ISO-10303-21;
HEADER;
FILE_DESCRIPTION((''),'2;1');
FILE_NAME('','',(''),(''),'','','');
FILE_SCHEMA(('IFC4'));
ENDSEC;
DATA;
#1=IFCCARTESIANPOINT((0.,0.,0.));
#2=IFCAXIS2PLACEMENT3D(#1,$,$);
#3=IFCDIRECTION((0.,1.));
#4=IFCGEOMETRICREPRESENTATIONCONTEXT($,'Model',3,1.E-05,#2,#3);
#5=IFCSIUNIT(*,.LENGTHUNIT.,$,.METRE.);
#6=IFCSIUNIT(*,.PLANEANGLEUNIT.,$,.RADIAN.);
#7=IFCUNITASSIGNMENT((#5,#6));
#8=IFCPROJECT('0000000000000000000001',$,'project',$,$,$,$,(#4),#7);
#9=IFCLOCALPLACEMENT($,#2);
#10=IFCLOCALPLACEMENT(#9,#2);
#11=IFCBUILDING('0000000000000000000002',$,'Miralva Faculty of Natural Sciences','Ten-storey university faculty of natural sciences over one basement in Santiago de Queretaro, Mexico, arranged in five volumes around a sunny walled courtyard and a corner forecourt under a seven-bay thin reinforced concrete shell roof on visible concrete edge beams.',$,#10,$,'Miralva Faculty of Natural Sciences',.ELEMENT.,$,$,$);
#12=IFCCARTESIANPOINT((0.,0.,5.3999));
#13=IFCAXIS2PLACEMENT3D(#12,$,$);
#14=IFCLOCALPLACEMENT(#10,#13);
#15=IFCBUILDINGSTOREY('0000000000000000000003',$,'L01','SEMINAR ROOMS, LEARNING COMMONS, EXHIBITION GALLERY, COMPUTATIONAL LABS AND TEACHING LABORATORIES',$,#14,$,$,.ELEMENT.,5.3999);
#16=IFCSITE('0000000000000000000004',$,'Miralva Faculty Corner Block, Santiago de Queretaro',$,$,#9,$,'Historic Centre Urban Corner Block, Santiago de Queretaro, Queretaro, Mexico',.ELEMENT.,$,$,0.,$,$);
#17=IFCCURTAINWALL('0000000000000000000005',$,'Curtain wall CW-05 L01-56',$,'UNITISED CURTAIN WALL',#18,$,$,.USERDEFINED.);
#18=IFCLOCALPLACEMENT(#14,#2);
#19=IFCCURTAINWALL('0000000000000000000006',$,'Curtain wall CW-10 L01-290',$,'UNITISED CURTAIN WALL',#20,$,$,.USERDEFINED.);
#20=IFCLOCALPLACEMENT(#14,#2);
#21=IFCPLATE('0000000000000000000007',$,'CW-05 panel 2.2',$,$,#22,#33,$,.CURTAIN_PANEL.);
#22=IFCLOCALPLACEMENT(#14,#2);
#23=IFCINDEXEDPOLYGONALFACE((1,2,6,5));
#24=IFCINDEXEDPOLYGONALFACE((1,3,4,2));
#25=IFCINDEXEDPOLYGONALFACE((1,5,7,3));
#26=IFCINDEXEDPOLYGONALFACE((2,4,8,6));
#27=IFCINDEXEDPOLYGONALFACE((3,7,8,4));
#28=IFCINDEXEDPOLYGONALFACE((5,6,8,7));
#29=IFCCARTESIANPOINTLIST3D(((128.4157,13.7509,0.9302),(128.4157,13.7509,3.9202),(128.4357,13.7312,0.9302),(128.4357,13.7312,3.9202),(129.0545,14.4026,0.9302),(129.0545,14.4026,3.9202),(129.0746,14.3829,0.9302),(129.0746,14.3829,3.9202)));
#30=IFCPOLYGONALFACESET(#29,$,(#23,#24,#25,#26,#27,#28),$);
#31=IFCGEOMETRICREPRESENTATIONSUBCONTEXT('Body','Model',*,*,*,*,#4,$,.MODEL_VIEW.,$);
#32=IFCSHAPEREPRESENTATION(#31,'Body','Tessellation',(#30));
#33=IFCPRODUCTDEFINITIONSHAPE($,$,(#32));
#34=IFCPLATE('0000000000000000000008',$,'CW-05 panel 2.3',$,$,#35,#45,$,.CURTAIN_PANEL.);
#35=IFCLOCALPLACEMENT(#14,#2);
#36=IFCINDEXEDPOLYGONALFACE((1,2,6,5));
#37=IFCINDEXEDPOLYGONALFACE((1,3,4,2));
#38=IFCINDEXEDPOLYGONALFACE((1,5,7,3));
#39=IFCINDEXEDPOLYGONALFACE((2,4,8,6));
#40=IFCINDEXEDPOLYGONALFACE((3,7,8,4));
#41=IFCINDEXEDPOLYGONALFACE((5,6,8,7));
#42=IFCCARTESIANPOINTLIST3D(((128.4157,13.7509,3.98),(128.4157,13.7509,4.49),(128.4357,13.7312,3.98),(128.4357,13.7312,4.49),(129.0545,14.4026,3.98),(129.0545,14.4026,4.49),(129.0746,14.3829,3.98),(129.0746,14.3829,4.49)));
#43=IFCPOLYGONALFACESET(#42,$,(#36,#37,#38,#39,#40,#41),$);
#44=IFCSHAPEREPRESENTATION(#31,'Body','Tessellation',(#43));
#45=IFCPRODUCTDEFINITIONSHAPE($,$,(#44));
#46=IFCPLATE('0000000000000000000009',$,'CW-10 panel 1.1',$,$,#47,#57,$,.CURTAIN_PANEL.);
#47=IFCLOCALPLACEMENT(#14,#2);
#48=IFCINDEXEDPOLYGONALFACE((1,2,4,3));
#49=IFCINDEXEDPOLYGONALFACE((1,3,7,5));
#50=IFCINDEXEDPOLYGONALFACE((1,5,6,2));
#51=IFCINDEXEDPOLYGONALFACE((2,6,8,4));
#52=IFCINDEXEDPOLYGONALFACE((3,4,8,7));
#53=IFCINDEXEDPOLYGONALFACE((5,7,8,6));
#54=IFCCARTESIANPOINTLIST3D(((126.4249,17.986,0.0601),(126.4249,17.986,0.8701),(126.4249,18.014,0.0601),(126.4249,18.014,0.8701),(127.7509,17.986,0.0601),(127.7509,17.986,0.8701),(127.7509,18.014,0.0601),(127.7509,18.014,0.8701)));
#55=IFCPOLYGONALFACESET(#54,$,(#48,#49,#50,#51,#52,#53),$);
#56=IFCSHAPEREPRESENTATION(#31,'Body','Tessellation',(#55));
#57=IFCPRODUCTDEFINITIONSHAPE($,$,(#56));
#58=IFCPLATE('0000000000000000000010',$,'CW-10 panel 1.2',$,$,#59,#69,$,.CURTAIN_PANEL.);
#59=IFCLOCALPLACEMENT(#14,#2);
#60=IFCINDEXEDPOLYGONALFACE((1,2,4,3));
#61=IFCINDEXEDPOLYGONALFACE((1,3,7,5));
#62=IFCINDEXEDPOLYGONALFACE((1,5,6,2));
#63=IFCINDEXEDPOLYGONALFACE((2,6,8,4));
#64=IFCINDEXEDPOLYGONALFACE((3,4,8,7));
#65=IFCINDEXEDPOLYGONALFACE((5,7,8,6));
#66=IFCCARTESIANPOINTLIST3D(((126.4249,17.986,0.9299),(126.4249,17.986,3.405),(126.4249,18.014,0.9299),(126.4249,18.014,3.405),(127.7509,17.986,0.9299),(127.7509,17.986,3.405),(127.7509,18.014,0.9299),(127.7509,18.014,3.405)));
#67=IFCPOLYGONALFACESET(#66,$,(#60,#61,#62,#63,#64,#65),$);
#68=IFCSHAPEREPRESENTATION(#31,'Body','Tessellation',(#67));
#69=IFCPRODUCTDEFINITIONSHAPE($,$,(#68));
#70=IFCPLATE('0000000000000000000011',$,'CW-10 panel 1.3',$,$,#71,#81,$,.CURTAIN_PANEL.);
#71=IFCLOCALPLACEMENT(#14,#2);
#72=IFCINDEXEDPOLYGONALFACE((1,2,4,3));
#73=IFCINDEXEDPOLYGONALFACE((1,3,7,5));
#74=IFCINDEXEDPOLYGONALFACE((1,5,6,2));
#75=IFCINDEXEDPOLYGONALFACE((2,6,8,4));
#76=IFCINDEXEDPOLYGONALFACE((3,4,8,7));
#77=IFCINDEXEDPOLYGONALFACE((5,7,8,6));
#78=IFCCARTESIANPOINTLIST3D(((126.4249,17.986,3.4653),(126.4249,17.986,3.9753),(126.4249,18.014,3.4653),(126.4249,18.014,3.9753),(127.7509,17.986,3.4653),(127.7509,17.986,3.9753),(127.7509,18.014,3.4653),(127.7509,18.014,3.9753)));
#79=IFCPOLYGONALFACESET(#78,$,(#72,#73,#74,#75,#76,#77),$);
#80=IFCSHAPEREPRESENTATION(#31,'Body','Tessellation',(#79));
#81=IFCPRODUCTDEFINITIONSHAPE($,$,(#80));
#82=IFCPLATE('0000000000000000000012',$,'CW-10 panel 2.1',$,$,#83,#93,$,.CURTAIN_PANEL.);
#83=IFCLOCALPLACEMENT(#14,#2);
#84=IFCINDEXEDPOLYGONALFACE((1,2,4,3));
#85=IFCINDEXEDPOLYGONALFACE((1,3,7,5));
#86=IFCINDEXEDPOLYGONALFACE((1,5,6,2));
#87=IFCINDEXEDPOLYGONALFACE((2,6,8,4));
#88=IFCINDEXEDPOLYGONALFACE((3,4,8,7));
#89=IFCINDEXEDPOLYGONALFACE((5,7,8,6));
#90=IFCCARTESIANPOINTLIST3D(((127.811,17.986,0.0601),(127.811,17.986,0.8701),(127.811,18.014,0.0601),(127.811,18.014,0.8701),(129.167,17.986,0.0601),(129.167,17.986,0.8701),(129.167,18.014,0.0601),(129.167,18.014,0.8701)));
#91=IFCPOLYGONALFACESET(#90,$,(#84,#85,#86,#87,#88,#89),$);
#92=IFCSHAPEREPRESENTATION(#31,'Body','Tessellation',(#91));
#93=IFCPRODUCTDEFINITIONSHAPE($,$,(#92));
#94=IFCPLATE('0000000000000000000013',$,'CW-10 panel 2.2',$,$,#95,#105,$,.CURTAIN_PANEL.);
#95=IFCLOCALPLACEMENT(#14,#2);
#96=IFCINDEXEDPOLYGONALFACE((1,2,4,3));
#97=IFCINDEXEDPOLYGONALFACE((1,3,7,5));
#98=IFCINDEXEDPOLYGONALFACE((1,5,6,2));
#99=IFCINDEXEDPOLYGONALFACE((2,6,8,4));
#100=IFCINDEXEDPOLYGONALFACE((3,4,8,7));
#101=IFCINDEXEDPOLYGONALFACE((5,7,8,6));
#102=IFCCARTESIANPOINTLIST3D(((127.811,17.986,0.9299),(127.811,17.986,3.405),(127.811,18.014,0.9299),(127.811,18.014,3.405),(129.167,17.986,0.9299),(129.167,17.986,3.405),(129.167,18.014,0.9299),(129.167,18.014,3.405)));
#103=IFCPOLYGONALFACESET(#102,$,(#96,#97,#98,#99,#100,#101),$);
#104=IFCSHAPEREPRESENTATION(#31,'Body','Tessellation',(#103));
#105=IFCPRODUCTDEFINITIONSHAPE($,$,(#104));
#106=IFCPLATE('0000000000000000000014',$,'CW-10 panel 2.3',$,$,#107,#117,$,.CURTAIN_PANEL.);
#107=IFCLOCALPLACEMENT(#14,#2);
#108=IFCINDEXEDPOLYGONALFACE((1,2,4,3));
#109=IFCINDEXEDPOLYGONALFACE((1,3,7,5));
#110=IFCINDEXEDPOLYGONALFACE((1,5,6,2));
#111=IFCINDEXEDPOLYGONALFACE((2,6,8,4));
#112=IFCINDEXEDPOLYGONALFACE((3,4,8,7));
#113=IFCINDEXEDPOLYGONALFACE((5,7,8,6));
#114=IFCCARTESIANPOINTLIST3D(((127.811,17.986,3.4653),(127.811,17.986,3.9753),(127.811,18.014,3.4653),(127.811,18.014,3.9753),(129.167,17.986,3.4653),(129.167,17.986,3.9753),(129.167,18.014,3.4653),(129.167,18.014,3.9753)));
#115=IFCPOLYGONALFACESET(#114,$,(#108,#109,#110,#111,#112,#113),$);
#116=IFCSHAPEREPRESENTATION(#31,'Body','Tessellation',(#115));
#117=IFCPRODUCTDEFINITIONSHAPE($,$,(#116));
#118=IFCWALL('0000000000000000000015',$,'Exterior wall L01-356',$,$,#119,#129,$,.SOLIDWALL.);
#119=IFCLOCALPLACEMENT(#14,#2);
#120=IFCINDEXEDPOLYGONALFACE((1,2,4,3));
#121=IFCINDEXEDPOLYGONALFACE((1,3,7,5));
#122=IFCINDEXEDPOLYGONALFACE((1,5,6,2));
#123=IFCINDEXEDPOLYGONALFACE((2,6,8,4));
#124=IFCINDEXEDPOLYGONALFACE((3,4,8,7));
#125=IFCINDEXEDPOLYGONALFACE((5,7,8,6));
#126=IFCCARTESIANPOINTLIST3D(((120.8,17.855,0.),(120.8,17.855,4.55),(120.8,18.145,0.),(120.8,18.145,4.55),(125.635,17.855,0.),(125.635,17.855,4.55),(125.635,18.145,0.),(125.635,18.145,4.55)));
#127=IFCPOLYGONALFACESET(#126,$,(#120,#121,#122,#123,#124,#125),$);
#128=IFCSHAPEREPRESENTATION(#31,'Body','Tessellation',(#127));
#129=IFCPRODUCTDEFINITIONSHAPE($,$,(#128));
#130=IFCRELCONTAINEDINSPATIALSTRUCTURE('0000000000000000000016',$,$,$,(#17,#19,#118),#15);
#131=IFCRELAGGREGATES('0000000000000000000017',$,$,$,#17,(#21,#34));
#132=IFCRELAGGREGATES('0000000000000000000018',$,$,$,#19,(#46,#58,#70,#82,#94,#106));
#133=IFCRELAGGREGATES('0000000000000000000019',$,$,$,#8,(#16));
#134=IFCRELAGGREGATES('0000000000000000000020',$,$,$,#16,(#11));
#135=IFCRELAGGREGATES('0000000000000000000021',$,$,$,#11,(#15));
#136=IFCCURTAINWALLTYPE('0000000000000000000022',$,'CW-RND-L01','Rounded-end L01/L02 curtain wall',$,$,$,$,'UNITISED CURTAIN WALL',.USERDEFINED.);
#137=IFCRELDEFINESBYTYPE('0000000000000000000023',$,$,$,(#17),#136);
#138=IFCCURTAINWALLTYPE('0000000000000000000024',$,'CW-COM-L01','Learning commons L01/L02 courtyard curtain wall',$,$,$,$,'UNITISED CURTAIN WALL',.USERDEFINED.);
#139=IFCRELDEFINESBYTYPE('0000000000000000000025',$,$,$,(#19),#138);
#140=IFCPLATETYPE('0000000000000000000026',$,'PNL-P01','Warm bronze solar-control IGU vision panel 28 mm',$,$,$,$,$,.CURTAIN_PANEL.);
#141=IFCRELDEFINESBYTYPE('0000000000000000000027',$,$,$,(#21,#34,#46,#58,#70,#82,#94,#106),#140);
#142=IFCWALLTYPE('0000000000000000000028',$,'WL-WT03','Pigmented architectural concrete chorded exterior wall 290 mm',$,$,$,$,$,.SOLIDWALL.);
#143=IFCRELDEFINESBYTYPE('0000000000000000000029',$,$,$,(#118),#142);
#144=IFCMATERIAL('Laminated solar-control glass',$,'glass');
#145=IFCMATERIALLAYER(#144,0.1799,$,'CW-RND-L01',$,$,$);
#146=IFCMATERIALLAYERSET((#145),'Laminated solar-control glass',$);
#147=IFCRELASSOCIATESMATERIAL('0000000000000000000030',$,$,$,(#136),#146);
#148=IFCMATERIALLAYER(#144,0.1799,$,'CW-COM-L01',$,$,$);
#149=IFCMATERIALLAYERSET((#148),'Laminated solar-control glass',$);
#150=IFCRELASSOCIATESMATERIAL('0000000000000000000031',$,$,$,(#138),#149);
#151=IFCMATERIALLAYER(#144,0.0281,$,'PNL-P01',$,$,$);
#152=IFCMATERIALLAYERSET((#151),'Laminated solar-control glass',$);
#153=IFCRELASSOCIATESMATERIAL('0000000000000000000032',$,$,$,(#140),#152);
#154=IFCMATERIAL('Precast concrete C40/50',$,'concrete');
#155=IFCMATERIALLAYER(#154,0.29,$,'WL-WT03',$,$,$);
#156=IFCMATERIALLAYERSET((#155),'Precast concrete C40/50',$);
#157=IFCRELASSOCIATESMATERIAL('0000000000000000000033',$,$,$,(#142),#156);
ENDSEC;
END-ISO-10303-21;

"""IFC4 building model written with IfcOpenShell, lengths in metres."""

from ifc_helpers import new_model, si_unit, direction, frame, frame_2d, origin, origin_2d, place, context, subcontext, project, spatial, rectangle, extrude, material, layer, layer_set, type_object, element, aggregate, save


model = new_model("IFC4")

# Units and contexts
model_context = context("Model", 3, precision=1e-05, world=origin(), true_north=direction((0.0, 1.0)))
body_context = subcontext(model_context, "Body", "Model", "MODEL_VIEW")
ifc_project = project(units=[si_unit("LENGTHUNIT", "METRE"), si_unit("PLANEANGLEUNIT", "RADIAN")], contexts=[model_context])

# Site, building, storey
site_placement = place(None, origin())
site = spatial("IfcSite", under=ifc_project, at=site_placement, Name="Miralva Faculty Corner Block, Santiago de Queretaro", LongName="Historic Centre Urban Corner Block, Santiago de Queretaro, Queretaro, Mexico", CompositionType="ELEMENT", RefElevation=0.0)
building_placement = place(site_placement, origin())
building = spatial("IfcBuilding", under=site, at=building_placement, Name="Miralva Faculty of Natural Sciences", Description="Ten-storey university faculty of natural sciences over one basement in Santiago de Queretaro, Mexico, arranged in five volumes around a sunny walled courtyard and a corner forecourt under a seven-bay thin reinforced concrete shell roof on visible concrete edge beams.", LongName="Miralva Faculty of Natural Sciences", CompositionType="ELEMENT")
storey_placement = place(building_placement, frame((0.0, 0.0, 5.3999)))
storey = spatial("IfcBuildingStorey", under=building, at=storey_placement, Name="L01", Description="SEMINAR ROOMS, LEARNING COMMONS, EXHIBITION GALLERY, COMPUTATIONAL LABS AND TEACHING LABORATORIES", CompositionType="ELEMENT", Elevation=5.3999)

# Shared definitions
ifc_material_1 = material(Name="Laminated solar-control glass", Category="glass")
ifc_layer_1 = layer(ifc_material_1, 0.1799, Name="CW-RND-L01")
ifc_layer_set_1 = layer_set([ifc_layer_1], Name="Laminated solar-control glass")
curtain_wall_type_1 = type_object("IfcCurtainWallType", Name="CW-RND-L01", Description="Rounded-end L01/L02 curtain wall", ElementType="UNITISED CURTAIN WALL", PredefinedType="USERDEFINED", material=ifc_layer_set_1)

# Curtain walls
curtain_wall_1_placement = place(storey_placement, origin())
curtain_wall_1 = element("IfcCurtainWall", 1, at=curtain_wall_1_placement, inside=storey, type_object=curtain_wall_type_1, Name="Curtain wall CW-05 L01-56", ObjectType="UNITISED CURTAIN WALL", PredefinedType="USERDEFINED")
ifc_layer_2 = layer(ifc_material_1, 0.1799, Name="CW-COM-L01")
ifc_layer_set_2 = layer_set([ifc_layer_2], Name="Laminated solar-control glass")
curtain_wall_type_2 = type_object("IfcCurtainWallType", Name="CW-COM-L01", Description="Learning commons L01/L02 courtyard curtain wall", ElementType="UNITISED CURTAIN WALL", PredefinedType="USERDEFINED", material=ifc_layer_set_2)
curtain_wall_2_placement = place(storey_placement, origin())
curtain_wall_2 = element("IfcCurtainWall", 2, at=curtain_wall_2_placement, inside=storey, type_object=curtain_wall_type_2, Name="Curtain wall CW-10 L01-290", ObjectType="UNITISED CURTAIN WALL", PredefinedType="USERDEFINED")

# Plates
ifc_layer_3 = layer(ifc_material_1, 0.0281, Name="PNL-P01")
ifc_layer_set_3 = layer_set([ifc_layer_3], Name="Laminated solar-control glass")
plate_type = type_object("IfcPlateType", Name="PNL-P01", Description="Warm bronze solar-control IGU vision panel 28 mm", PredefinedType="CURTAIN_PANEL", material=ifc_layer_set_3)
plate_1_placement = place(storey_placement, frame((128.7451, 14.0669, 0.9302), z_axis=(0.0, 0.0, 1.0), x_axis=(0.700018, 0.714125, 0.0)))
plate_1 = element("IfcPlate", 3, at=plate_1_placement, type_object=plate_type, Name="CW-05 panel 2.2", PredefinedType="CURTAIN_PANEL", context=body_context, shape_type="SweptSolid", body=[
    extrude(rectangle(XDim=0.9126, YDim=0.0281, at=origin_2d()), origin(), (0.0, 0.0, 1.0), 2.99),
])
plate_2_placement = place(storey_placement, frame((128.7451, 14.0669, 3.98), z_axis=(0.0, 0.0, 1.0), x_axis=(0.700018, 0.714125, 0.0)))
plate_2 = element("IfcPlate", 4, at=plate_2_placement, type_object=plate_type, Name="CW-05 panel 2.3", PredefinedType="CURTAIN_PANEL", context=body_context, shape_type="SweptSolid", body=[
    extrude(rectangle(XDim=0.9126, YDim=0.0281, at=origin_2d()), origin(), (0.0, 0.0, 1.0), 0.51),
])
aggregate(curtain_wall_1, [plate_1, plate_2])
plate_3_placement = place(storey_placement, frame((127.0879, 18.0, 0.0601), z_axis=(0.0, 0.0, 1.0), x_axis=(1.0, 0.0, 0.0)))
plate_3 = element("IfcPlate", 5, at=plate_3_placement, type_object=plate_type, Name="CW-10 panel 1.1", PredefinedType="CURTAIN_PANEL", context=body_context, shape_type="SweptSolid", body=[
    extrude(rectangle(XDim=1.3259, YDim=0.0281, at=origin_2d()), origin(), (0.0, 0.0, 1.0), 0.8101),
])
plate_4_placement = place(storey_placement, frame((127.0879, 18.0, 0.9299), z_axis=(0.0, 0.0, 1.0), x_axis=(1.0, 0.0, 0.0)))
plate_4 = element("IfcPlate", 6, at=plate_4_placement, type_object=plate_type, Name="CW-10 panel 1.2", PredefinedType="CURTAIN_PANEL", context=body_context, shape_type="SweptSolid", body=[
    extrude(rectangle(XDim=1.3259, YDim=0.0281, at=origin_2d()), origin(), (0.0, 0.0, 1.0), 2.4751),
])
plate_5_placement = place(storey_placement, frame((127.0879, 18.0, 3.4653), z_axis=(0.0, 0.0, 1.0), x_axis=(1.0, 0.0, 0.0)))
plate_5 = element("IfcPlate", 7, at=plate_5_placement, type_object=plate_type, Name="CW-10 panel 1.3", PredefinedType="CURTAIN_PANEL", context=body_context, shape_type="SweptSolid", body=[
    extrude(rectangle(XDim=1.3259, YDim=0.0281, at=origin_2d()), origin(), (0.0, 0.0, 1.0), 0.51),
])
plate_6_placement = place(storey_placement, frame((128.489, 18.0, 0.0601), z_axis=(0.0, 0.0, 1.0), x_axis=(1.0, 0.0, 0.0)))
plate_6 = element("IfcPlate", 8, at=plate_6_placement, type_object=plate_type, Name="CW-10 panel 2.1", PredefinedType="CURTAIN_PANEL", context=body_context, shape_type="SweptSolid", body=[
    extrude(rectangle(XDim=1.356, YDim=0.0281, at=origin_2d()), origin(), (0.0, 0.0, 1.0), 0.8101),
])
plate_7_placement = place(storey_placement, frame((128.489, 18.0, 0.9299), z_axis=(0.0, 0.0, 1.0), x_axis=(1.0, 0.0, 0.0)))
plate_7 = element("IfcPlate", 9, at=plate_7_placement, type_object=plate_type, Name="CW-10 panel 2.2", PredefinedType="CURTAIN_PANEL", context=body_context, shape_type="SweptSolid", body=[
    extrude(rectangle(XDim=1.356, YDim=0.0281, at=origin_2d()), origin(), (0.0, 0.0, 1.0), 2.4751),
])
plate_8_placement = place(storey_placement, frame((128.489, 18.0, 3.4653), z_axis=(0.0, 0.0, 1.0), x_axis=(1.0, 0.0, 0.0)))
plate_8 = element("IfcPlate", 10, at=plate_8_placement, type_object=plate_type, Name="CW-10 panel 2.3", PredefinedType="CURTAIN_PANEL", context=body_context, shape_type="SweptSolid", body=[
    extrude(rectangle(XDim=1.356, YDim=0.0281, at=origin_2d()), origin(), (0.0, 0.0, 1.0), 0.51),
])
aggregate(curtain_wall_2, [plate_3, plate_4, plate_5, plate_6, plate_7, plate_8])

# Wall
ifc_material_2 = material(Name="Precast concrete C40/50", Category="concrete")
ifc_layer_4 = layer(ifc_material_2, 0.29, Name="WL-WT03")
ifc_layer_set_4 = layer_set([ifc_layer_4], Name="Precast concrete C40/50")
wall_type = type_object("IfcWallType", Name="WL-WT03", Description="Pigmented architectural concrete chorded exterior wall 290 mm", PredefinedType="SOLIDWALL", material=ifc_layer_set_4)
wall_placement = place(storey_placement, frame((120.8, 18.0, 0.0), z_axis=(0.0, 0.0, 1.0), x_axis=(1.0, 0.0, 0.0)))
element("IfcWall", 11, at=wall_placement, inside=storey, type_object=wall_type, Name="Exterior wall L01-356", PredefinedType="SOLIDWALL", context=body_context, shape_type="SweptSolid", body=[
    extrude(rectangle(XDim=4.835, YDim=0.29, at=frame_2d((2.4175, 0.0))), origin(), (0.0, 0.0, 1.0), 4.55),
])

save(model, "model.ifc")
